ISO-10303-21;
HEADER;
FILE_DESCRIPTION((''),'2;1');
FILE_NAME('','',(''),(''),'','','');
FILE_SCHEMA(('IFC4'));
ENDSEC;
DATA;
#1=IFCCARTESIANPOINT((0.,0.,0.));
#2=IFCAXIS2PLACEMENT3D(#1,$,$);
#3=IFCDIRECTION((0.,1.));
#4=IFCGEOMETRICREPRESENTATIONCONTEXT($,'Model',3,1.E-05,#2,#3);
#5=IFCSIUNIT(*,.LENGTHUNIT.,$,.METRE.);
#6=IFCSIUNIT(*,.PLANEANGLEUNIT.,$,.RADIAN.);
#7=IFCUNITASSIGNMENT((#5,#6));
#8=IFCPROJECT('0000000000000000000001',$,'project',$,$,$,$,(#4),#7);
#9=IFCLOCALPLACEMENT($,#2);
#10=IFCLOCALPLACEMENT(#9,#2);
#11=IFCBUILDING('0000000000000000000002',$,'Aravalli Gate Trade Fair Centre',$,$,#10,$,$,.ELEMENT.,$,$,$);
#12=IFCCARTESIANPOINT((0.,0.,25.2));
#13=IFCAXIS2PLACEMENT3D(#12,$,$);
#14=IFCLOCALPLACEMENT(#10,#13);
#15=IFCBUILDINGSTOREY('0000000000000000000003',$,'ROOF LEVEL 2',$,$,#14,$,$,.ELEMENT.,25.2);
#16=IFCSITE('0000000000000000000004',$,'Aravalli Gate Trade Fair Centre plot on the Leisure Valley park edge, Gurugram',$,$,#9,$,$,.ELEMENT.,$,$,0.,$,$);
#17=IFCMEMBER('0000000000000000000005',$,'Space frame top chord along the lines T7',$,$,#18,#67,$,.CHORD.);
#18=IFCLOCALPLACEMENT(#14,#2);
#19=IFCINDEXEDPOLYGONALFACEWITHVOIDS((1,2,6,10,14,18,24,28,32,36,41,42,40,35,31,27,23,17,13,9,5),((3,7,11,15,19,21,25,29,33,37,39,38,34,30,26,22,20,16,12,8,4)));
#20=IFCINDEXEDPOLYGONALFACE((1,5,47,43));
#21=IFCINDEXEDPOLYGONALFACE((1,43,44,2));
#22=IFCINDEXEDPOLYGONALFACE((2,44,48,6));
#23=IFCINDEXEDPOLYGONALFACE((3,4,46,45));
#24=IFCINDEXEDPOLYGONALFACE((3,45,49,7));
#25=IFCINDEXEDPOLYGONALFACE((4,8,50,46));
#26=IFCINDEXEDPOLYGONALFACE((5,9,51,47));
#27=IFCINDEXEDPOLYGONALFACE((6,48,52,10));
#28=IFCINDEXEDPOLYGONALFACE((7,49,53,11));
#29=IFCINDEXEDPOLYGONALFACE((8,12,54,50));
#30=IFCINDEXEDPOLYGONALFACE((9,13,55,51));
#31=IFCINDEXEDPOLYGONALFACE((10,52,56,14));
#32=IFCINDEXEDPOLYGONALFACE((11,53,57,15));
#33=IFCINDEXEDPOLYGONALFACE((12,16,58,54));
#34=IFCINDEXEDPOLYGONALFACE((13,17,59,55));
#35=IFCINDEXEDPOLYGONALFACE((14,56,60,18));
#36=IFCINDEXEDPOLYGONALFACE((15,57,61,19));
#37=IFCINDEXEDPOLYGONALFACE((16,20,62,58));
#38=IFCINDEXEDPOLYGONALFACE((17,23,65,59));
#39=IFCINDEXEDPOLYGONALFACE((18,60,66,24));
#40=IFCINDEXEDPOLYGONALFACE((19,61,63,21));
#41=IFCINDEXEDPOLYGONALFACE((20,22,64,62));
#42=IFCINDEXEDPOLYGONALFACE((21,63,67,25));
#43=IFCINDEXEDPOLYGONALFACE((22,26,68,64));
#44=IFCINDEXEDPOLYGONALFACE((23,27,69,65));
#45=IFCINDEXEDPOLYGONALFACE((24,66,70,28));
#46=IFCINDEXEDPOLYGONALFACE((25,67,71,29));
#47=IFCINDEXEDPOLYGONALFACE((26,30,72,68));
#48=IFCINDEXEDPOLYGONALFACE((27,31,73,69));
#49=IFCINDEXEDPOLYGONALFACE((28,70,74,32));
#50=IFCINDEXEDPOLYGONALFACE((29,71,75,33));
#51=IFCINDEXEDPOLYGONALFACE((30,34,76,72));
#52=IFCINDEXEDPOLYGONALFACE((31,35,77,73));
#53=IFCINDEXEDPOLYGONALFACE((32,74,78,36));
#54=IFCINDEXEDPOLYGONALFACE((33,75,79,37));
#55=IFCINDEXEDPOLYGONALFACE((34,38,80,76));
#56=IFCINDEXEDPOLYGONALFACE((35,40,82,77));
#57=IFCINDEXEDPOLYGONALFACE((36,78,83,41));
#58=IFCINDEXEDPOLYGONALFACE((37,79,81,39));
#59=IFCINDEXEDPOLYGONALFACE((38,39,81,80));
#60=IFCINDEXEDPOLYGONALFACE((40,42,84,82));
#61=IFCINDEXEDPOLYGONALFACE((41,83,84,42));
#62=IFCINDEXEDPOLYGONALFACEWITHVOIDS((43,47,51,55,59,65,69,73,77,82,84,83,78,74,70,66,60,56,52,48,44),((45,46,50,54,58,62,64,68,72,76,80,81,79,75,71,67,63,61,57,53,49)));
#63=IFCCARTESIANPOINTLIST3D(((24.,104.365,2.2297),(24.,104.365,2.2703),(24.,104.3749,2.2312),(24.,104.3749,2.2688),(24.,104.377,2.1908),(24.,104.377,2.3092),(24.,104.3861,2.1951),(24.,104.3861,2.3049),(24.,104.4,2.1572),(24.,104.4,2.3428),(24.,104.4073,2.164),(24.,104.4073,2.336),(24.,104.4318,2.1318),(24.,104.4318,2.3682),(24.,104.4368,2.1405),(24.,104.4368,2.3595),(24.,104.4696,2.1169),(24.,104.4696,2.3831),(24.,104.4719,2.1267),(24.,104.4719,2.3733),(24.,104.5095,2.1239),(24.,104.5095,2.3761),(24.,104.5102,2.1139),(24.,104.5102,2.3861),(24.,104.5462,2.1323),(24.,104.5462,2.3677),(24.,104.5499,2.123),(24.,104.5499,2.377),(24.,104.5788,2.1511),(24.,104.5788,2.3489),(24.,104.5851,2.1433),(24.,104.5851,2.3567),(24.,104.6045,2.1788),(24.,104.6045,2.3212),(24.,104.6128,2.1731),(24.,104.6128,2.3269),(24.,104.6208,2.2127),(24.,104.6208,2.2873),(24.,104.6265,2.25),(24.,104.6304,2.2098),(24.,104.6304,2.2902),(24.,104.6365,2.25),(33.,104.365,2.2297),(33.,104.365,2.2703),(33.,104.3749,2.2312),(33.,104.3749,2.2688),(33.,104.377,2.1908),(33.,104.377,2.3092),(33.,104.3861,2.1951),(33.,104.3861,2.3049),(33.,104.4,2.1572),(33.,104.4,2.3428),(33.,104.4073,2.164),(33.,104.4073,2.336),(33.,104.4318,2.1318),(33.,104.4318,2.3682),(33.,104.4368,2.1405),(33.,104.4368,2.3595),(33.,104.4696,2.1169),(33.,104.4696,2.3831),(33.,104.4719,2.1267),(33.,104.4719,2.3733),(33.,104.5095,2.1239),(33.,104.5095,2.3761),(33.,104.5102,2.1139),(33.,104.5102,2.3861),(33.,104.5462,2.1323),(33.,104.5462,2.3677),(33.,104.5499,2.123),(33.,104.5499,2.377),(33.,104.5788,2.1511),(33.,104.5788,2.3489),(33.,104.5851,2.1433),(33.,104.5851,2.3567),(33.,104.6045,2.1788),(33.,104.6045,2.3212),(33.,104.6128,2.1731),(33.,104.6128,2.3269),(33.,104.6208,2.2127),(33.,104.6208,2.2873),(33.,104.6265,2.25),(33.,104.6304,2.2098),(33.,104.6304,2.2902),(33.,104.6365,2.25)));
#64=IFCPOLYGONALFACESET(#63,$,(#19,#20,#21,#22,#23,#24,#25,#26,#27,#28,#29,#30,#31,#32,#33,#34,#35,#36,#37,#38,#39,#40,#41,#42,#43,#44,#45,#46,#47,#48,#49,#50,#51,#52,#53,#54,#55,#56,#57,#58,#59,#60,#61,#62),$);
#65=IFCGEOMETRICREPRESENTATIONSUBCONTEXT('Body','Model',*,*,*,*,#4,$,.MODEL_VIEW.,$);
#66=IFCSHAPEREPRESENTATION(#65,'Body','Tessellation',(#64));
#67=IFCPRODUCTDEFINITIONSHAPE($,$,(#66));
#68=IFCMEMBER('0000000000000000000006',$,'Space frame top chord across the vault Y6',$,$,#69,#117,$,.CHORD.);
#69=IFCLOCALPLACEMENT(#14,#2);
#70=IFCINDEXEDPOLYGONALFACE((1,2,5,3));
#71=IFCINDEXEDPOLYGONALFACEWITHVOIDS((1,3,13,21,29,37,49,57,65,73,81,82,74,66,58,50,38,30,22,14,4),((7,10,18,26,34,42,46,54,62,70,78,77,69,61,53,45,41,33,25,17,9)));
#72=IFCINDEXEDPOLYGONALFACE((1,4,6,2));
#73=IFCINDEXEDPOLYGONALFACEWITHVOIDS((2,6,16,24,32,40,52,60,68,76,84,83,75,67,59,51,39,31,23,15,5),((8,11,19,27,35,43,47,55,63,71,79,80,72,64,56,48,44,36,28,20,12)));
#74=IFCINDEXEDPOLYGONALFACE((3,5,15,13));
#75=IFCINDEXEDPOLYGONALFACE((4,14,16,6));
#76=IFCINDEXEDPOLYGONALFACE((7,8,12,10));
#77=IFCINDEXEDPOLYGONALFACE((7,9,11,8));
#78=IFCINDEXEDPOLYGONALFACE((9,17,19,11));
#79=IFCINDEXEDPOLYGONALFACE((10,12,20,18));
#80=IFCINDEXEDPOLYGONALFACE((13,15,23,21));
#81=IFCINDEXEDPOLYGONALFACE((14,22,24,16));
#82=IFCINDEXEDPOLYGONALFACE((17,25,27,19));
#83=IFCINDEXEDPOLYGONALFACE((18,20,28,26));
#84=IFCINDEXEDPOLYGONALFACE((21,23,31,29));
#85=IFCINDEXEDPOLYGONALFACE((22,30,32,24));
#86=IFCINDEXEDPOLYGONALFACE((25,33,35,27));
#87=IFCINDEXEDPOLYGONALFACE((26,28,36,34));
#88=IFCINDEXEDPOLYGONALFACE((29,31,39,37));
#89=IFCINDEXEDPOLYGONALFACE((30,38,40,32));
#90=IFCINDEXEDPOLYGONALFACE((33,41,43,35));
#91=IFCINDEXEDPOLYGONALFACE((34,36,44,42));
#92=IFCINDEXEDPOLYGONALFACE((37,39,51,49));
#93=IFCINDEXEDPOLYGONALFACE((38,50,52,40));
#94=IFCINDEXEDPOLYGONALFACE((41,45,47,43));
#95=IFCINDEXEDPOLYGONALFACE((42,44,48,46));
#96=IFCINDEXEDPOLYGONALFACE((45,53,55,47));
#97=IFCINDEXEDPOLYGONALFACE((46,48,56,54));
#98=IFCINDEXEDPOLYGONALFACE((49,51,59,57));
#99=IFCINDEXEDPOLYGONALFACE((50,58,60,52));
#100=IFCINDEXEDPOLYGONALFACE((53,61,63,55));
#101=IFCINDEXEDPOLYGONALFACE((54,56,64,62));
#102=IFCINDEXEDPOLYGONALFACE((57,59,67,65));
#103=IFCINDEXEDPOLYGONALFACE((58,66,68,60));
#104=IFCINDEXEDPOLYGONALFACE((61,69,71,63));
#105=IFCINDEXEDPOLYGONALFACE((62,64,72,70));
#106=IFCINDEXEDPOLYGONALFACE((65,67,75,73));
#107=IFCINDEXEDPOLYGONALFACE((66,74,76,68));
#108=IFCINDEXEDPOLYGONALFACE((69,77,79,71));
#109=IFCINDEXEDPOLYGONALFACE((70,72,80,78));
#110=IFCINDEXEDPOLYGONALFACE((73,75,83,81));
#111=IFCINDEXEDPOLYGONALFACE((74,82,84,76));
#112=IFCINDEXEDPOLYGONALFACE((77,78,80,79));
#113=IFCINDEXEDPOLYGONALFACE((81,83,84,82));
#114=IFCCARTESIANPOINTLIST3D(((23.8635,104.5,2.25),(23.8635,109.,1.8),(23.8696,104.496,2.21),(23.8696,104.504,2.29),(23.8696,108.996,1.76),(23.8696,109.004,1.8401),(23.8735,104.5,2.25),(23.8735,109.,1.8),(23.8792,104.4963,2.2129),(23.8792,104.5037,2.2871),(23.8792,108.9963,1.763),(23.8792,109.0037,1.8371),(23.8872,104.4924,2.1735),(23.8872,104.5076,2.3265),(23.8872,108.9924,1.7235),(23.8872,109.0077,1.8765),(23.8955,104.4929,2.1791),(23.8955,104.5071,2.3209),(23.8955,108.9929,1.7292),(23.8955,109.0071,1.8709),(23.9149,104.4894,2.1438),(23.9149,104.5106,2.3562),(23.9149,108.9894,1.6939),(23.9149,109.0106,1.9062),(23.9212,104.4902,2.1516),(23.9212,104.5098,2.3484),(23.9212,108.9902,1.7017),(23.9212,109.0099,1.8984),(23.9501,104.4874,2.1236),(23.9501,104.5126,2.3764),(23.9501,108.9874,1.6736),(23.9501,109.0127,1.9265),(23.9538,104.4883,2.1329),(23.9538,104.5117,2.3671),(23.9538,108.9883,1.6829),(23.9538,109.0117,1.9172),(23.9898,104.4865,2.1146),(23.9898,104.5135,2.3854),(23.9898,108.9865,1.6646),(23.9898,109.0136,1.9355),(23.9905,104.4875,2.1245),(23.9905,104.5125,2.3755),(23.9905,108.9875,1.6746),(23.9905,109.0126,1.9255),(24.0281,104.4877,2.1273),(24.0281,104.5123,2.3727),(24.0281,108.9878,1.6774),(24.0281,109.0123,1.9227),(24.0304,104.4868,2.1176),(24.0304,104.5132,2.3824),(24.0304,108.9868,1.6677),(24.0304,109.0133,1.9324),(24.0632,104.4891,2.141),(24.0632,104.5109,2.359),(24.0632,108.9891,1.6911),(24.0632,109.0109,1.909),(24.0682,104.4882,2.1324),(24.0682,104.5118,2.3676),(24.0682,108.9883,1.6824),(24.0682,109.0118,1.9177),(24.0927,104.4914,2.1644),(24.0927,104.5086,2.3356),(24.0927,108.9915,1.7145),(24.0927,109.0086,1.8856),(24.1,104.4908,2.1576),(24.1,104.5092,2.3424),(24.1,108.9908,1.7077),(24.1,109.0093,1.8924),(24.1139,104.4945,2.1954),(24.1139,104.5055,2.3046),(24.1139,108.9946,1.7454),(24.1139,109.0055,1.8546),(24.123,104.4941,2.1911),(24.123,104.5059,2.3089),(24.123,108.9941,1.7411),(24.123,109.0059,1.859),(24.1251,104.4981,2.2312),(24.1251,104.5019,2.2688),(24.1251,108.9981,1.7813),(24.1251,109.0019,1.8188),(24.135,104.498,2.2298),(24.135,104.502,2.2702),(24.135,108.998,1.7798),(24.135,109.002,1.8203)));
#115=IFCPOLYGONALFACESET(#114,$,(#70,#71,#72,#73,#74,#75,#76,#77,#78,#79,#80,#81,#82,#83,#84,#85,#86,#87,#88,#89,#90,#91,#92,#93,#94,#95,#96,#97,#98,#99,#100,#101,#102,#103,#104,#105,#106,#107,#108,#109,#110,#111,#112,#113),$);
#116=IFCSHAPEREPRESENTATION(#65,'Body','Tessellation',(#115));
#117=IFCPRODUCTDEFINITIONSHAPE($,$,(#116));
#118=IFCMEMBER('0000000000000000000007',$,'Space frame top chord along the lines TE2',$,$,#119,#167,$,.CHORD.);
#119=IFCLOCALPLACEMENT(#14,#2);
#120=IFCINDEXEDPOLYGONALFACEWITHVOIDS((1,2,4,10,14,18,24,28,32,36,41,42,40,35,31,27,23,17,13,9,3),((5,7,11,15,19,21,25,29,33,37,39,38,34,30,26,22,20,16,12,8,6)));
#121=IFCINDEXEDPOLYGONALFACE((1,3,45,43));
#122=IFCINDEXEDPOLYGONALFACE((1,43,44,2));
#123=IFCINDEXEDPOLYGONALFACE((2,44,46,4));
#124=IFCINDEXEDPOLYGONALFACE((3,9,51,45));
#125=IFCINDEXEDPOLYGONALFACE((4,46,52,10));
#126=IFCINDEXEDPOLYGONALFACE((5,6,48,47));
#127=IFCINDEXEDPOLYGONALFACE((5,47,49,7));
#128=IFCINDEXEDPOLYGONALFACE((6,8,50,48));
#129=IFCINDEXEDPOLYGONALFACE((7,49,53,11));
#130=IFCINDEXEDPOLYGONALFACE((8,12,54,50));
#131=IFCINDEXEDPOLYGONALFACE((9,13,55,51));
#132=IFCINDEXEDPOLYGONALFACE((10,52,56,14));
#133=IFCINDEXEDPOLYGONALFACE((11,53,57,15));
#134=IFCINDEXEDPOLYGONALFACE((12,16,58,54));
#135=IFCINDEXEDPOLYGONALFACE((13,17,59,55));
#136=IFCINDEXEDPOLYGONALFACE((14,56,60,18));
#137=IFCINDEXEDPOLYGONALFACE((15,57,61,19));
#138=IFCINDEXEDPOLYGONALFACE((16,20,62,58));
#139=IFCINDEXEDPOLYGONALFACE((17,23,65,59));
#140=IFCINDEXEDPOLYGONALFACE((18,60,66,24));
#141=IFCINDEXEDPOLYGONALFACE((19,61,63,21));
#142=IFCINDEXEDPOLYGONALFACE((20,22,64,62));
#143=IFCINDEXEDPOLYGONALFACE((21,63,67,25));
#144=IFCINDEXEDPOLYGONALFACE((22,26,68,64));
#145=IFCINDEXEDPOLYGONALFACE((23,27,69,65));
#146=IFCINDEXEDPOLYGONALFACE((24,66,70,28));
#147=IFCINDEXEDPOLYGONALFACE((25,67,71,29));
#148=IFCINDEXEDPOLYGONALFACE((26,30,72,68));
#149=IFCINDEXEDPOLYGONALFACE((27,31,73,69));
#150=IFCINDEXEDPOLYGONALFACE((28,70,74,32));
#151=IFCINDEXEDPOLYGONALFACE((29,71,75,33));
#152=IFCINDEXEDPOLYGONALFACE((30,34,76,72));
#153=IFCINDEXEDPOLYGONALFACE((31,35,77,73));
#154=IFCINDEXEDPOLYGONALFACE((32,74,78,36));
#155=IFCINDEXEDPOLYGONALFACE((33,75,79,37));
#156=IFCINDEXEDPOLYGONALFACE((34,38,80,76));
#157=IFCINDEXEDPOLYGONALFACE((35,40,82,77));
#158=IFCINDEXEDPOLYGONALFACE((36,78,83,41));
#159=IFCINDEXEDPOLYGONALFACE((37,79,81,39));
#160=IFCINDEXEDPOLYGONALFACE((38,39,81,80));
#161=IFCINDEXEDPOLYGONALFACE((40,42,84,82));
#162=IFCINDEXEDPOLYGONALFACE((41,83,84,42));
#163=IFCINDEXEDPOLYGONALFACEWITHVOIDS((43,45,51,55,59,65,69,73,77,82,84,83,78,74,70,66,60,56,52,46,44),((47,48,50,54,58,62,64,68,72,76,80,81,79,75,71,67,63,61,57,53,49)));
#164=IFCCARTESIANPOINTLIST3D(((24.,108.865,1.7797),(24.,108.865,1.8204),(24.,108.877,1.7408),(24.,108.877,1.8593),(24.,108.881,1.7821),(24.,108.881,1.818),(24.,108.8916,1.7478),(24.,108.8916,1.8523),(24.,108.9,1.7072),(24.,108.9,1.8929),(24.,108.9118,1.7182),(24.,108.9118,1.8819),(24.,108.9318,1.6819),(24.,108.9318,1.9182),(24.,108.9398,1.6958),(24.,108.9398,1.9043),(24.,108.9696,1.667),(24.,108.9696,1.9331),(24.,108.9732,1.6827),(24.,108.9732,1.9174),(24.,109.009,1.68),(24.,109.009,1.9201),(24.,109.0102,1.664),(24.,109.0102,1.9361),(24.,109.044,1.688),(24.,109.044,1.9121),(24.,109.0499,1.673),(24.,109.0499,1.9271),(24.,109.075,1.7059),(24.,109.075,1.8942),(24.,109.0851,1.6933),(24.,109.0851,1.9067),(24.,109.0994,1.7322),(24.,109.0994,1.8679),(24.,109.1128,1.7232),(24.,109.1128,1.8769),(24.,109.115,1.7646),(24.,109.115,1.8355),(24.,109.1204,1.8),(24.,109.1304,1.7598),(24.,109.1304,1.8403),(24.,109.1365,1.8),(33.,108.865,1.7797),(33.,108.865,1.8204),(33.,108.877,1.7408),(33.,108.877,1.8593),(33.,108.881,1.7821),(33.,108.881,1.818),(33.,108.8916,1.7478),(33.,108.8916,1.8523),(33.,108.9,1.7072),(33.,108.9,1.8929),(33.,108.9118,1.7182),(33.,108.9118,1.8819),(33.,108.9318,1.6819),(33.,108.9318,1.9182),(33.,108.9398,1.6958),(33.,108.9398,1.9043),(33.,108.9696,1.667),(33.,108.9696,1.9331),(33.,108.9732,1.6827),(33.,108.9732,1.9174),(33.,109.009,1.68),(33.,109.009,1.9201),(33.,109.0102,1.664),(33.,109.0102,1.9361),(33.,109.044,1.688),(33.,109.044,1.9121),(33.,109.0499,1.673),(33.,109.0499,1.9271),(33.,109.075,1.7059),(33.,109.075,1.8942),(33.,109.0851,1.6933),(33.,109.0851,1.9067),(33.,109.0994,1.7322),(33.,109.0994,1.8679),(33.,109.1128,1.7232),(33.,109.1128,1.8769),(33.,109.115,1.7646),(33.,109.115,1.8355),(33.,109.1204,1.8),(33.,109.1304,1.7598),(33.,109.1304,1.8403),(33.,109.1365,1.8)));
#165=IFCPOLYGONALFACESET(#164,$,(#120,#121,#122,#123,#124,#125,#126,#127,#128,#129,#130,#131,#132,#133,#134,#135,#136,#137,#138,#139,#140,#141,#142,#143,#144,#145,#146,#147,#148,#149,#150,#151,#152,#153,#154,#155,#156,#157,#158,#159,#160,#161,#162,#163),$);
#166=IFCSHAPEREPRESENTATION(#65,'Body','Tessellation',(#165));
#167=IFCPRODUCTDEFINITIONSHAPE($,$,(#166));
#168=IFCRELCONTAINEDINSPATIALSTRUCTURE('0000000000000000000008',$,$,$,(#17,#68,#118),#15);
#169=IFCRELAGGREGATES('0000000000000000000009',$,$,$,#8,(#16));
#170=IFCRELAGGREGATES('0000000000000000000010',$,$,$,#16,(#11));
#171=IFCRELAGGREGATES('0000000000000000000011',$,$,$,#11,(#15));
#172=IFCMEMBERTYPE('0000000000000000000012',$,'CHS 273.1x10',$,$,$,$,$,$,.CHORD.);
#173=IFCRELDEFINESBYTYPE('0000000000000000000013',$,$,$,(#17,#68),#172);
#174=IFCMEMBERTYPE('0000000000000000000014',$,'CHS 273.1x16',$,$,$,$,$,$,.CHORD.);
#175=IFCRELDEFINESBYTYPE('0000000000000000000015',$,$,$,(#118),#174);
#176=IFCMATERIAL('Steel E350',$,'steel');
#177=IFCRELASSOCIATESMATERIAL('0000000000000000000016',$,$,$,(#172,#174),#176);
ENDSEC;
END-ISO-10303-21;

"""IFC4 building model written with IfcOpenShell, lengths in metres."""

from ifc_helpers import new_model, si_unit, direction, frame, origin, origin_2d, place, context, subcontext, project, spatial, hollow_circle, extrude, material, material_profile, profile_set, type_object, element, save


model = new_model("IFC4")

# Units and contexts
model_context = context("Model", 3, precision=1e-05, world=origin(), true_north=direction((0.0, 1.0)))
body_context = subcontext(model_context, "Body", "Model", "MODEL_VIEW")
ifc_project = project(units=[si_unit("LENGTHUNIT", "METRE"), si_unit("PLANEANGLEUNIT", "RADIAN")], contexts=[model_context])

# Site, building, storey
site_placement = place(None, origin())
site = spatial("IfcSite", under=ifc_project, at=site_placement, Name="Aravalli Gate Trade Fair Centre plot on the Leisure Valley park edge, Gurugram", CompositionType="ELEMENT", RefElevation=0.0)
building_placement = place(site_placement, origin())
building = spatial("IfcBuilding", under=site, at=building_placement, Name="Aravalli Gate Trade Fair Centre", CompositionType="ELEMENT")
storey_placement = place(building_placement, frame((0.0, 0.0, 25.2)))
storey = spatial("IfcBuildingStorey", under=building, at=storey_placement, Name="ROOF LEVEL 2", CompositionType="ELEMENT", Elevation=25.2)

# Members
ifc_material_1 = material(Name="Steel E350", Category="steel")
ifc_material_profile_1 = material_profile(ifc_material_1, hollow_circle(Radius=0.1365, WallThickness=0.01, at=origin_2d()), Name="CHS 273.1x10")
ifc_profile_set_1 = profile_set([ifc_material_profile_1], Name="Steel E350")
member_type_1 = type_object("IfcMemberType", Name="CHS 273.1x10", PredefinedType="CHORD", material=ifc_profile_set_1)
member_1_placement = place(storey_placement, frame((24.0, 104.5, 2.25), z_axis=(1.0, 0.0, 0.0), x_axis=(0.0, 1.0, 0.0)))
element("IfcMember", 1, at=member_1_placement, inside=storey, type_object=member_type_1, Name="Space frame top chord along the lines T7", PredefinedType="CHORD", context=body_context, shape_type="SweptSolid", body=[
    extrude(hollow_circle(Radius=0.1365, WallThickness=0.01, at=origin_2d()), origin(), (0.0, 0.0, 1.0), 9.0),
])
member_2_placement = place(storey_placement, frame((24.0, 104.5, 2.25), z_axis=(0.0, 0.995038, -0.099493), x_axis=(-1.0, 0.0, 0.0)))
element("IfcMember", 2, at=member_2_placement, inside=storey, type_object=member_type_1, Name="Space frame top chord across the vault Y6", PredefinedType="CHORD", context=body_context, shape_type="SweptSolid", body=[
    extrude(hollow_circle(Radius=0.1365, WallThickness=0.01, at=origin_2d()), origin(), (0.0, 0.0, 1.0), 4.5225),
])
ifc_material_profile_2 = material_profile(ifc_material_1, hollow_circle(Radius=0.1365, WallThickness=0.0161, at=origin_2d()), Name="CHS 273.1x16")
ifc_profile_set_2 = profile_set([ifc_material_profile_2], Name="Steel E350")
member_type_2 = type_object("IfcMemberType", Name="CHS 273.1x16", PredefinedType="CHORD", material=ifc_profile_set_2)
member_3_placement = place(storey_placement, frame((24.0, 109.0, 1.8), z_axis=(1.0, 0.0, 0.0), x_axis=(0.0, 1.0, 0.0)))
element("IfcMember", 3, at=member_3_placement, inside=storey, type_object=member_type_2, Name="Space frame top chord along the lines TE2", PredefinedType="CHORD", context=body_context, shape_type="SweptSolid", body=[
    extrude(hollow_circle(Radius=0.1365, WallThickness=0.0161, at=origin_2d()), origin(), (0.0, 0.0, 1.0), 9.0),
])

save(model, "model.ifc")
